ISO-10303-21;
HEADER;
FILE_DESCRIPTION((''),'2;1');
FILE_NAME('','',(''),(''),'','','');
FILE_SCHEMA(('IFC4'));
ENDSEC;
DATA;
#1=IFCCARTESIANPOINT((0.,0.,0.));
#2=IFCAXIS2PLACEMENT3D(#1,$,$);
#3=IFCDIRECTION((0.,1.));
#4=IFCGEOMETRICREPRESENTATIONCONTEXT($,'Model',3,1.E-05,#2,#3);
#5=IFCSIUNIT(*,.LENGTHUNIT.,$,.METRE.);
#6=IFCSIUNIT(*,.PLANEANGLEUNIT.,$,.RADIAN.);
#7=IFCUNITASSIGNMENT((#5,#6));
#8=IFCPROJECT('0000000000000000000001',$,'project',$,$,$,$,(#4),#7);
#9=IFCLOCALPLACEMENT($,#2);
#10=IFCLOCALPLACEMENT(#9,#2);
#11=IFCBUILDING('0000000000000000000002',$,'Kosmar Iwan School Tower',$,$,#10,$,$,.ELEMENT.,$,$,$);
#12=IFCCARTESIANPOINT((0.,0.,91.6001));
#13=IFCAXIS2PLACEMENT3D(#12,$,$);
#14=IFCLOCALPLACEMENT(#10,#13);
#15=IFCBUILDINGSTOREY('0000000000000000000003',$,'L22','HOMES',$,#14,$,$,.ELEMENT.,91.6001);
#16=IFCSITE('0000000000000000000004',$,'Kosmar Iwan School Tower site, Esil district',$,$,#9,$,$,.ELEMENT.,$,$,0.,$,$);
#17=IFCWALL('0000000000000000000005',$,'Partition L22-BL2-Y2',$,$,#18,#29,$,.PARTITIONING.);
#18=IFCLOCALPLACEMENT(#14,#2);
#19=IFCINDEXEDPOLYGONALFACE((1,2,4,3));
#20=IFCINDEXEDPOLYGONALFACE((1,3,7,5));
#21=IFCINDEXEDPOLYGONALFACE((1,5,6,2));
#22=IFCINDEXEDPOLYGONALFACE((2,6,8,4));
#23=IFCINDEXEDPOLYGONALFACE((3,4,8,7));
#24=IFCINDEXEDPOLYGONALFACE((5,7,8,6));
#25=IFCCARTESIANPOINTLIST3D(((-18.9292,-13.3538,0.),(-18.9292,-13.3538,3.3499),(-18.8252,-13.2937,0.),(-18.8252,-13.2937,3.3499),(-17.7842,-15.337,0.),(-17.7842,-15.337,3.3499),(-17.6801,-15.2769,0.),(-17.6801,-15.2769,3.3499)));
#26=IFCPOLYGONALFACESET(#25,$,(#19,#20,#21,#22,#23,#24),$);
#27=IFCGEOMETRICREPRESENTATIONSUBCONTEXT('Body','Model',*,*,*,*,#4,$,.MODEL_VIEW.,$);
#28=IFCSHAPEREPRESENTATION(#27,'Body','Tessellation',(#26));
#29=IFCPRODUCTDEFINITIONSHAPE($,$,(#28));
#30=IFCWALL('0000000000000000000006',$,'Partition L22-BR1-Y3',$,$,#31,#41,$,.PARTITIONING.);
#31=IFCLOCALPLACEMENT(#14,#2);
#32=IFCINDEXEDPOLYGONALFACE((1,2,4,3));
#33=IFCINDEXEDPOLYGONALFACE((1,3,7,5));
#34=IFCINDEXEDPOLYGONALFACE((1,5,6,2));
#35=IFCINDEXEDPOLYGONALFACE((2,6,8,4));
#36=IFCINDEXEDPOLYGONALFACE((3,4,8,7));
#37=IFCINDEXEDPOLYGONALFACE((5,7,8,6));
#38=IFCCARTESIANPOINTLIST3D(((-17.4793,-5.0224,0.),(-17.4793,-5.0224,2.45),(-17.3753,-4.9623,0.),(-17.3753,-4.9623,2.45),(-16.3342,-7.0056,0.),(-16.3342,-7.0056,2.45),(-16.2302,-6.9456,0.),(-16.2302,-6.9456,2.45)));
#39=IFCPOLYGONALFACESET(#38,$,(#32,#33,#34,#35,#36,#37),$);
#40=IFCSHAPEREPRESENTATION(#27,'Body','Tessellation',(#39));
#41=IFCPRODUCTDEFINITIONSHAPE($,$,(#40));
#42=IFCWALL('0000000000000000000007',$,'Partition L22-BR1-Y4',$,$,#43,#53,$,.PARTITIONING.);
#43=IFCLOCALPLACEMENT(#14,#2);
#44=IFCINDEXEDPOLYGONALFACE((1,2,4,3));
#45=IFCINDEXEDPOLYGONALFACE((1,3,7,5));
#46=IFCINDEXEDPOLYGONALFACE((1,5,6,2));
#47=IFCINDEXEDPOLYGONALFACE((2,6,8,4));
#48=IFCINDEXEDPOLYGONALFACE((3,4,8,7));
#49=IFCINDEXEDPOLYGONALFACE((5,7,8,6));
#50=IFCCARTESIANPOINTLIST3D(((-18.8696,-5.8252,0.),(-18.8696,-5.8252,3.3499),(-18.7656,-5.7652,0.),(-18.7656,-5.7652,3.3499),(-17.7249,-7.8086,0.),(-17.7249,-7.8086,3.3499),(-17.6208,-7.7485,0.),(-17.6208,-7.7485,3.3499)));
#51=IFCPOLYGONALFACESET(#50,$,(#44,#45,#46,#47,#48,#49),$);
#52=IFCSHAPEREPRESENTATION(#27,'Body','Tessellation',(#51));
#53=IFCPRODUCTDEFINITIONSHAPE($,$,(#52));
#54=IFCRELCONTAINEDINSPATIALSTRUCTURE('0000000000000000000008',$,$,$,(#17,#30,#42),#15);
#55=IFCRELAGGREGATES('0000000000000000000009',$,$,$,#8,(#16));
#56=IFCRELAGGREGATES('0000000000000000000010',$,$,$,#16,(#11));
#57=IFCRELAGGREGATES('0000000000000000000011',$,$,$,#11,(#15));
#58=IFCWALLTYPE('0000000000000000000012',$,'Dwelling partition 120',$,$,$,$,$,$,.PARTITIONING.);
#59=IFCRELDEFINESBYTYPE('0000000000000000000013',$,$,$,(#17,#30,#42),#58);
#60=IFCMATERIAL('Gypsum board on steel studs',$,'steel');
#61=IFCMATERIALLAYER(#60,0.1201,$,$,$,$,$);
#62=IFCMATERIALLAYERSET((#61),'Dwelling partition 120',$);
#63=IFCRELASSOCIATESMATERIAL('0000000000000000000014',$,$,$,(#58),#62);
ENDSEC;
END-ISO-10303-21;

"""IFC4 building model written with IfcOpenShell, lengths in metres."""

from ifc_helpers import new_model, si_unit, direction, frame, frame_2d, origin, place, context, subcontext, project, spatial, rectangle, extrude, material, layer, layer_set, type_object, element, save


model = new_model("IFC4")

# Units and contexts
model_context = context("Model", 3, precision=1e-05, world=origin(), true_north=direction((0.0, 1.0)))
body_context = subcontext(model_context, "Body", "Model", "MODEL_VIEW")
ifc_project = project(units=[si_unit("LENGTHUNIT", "METRE"), si_unit("PLANEANGLEUNIT", "RADIAN")], contexts=[model_context])

# Site, building, storey
site_placement = place(None, origin())
site = spatial("IfcSite", under=ifc_project, at=site_placement, Name="Kosmar Iwan School Tower site, Esil district", CompositionType="ELEMENT", RefElevation=0.0)
building_placement = place(site_placement, origin())
building = spatial("IfcBuilding", under=site, at=building_placement, Name="Kosmar Iwan School Tower", CompositionType="ELEMENT")
storey_placement = place(building_placement, frame((0.0, 0.0, 91.6001)))
storey = spatial("IfcBuildingStorey", under=building, at=storey_placement, Name="L22", Description="HOMES", CompositionType="ELEMENT", Elevation=91.6001)

# Walls
ifc_material_1 = material(Name="Gypsum board on steel studs", Category="steel")
ifc_layer_1 = layer(ifc_material_1, 0.1201)
ifc_layer_set_1 = layer_set([ifc_layer_1], Name="Dwelling partition 120")
wall_type_1 = type_object("IfcWallType", Name="Dwelling partition 120", PredefinedType="PARTITIONING", material=ifc_layer_set_1)
for number, where, z_axis, x_axis, name in (
    (1, (-18.8772, -13.3237, 0.0), (0.0, 0.0, 1.0), (0.500015, -0.866017, 0.0), "Partition L22-BL2-Y2"),
):
    element("IfcWall", number, at=place(storey_placement, frame(where, z_axis=z_axis, x_axis=x_axis)), inside=storey, type_object=wall_type_1, Name=name, PredefinedType="PARTITIONING", context=body_context, shape_type="SweptSolid", body=[
        extrude(rectangle(XDim=2.29, YDim=0.1201, at=frame_2d((1.145, 0.0))), origin(), (0.0, 0.0, 1.0), 3.3499),
    ])
wall_1_placement = place(storey_placement, frame((-16.2822, -6.9756, 0.0), z_axis=(0.0, 0.0, 1.0), x_axis=(-0.500015, 0.866017, 0.0)))
element("IfcWall", 2, at=wall_1_placement, inside=storey, type_object=wall_type_1, Name="Partition L22-BR1-Y3", PredefinedType="PARTITIONING", context=body_context, shape_type="SweptSolid", body=[
    extrude(rectangle(XDim=2.29, YDim=0.1201, at=frame_2d((1.145, 0.0))), origin(), (0.0, 0.0, 1.0), 2.45),
])
wall_2_placement = place(storey_placement, frame((-17.6729, -7.7786, 0.0), z_axis=(0.0, 0.0, 1.0), x_axis=(-0.499889, 0.86609, 0.0)))
element("IfcWall", 3, at=wall_2_placement, inside=storey, type_object=wall_type_1, Name="Partition L22-BR1-Y4", PredefinedType="PARTITIONING", context=body_context, shape_type="SweptSolid", body=[
    extrude(rectangle(XDim=2.29, YDim=0.1201, at=frame_2d((1.145, 0.0))), origin(), (0.0, 0.0, 1.0), 3.3499),
])

save(model, "model.ifc")
